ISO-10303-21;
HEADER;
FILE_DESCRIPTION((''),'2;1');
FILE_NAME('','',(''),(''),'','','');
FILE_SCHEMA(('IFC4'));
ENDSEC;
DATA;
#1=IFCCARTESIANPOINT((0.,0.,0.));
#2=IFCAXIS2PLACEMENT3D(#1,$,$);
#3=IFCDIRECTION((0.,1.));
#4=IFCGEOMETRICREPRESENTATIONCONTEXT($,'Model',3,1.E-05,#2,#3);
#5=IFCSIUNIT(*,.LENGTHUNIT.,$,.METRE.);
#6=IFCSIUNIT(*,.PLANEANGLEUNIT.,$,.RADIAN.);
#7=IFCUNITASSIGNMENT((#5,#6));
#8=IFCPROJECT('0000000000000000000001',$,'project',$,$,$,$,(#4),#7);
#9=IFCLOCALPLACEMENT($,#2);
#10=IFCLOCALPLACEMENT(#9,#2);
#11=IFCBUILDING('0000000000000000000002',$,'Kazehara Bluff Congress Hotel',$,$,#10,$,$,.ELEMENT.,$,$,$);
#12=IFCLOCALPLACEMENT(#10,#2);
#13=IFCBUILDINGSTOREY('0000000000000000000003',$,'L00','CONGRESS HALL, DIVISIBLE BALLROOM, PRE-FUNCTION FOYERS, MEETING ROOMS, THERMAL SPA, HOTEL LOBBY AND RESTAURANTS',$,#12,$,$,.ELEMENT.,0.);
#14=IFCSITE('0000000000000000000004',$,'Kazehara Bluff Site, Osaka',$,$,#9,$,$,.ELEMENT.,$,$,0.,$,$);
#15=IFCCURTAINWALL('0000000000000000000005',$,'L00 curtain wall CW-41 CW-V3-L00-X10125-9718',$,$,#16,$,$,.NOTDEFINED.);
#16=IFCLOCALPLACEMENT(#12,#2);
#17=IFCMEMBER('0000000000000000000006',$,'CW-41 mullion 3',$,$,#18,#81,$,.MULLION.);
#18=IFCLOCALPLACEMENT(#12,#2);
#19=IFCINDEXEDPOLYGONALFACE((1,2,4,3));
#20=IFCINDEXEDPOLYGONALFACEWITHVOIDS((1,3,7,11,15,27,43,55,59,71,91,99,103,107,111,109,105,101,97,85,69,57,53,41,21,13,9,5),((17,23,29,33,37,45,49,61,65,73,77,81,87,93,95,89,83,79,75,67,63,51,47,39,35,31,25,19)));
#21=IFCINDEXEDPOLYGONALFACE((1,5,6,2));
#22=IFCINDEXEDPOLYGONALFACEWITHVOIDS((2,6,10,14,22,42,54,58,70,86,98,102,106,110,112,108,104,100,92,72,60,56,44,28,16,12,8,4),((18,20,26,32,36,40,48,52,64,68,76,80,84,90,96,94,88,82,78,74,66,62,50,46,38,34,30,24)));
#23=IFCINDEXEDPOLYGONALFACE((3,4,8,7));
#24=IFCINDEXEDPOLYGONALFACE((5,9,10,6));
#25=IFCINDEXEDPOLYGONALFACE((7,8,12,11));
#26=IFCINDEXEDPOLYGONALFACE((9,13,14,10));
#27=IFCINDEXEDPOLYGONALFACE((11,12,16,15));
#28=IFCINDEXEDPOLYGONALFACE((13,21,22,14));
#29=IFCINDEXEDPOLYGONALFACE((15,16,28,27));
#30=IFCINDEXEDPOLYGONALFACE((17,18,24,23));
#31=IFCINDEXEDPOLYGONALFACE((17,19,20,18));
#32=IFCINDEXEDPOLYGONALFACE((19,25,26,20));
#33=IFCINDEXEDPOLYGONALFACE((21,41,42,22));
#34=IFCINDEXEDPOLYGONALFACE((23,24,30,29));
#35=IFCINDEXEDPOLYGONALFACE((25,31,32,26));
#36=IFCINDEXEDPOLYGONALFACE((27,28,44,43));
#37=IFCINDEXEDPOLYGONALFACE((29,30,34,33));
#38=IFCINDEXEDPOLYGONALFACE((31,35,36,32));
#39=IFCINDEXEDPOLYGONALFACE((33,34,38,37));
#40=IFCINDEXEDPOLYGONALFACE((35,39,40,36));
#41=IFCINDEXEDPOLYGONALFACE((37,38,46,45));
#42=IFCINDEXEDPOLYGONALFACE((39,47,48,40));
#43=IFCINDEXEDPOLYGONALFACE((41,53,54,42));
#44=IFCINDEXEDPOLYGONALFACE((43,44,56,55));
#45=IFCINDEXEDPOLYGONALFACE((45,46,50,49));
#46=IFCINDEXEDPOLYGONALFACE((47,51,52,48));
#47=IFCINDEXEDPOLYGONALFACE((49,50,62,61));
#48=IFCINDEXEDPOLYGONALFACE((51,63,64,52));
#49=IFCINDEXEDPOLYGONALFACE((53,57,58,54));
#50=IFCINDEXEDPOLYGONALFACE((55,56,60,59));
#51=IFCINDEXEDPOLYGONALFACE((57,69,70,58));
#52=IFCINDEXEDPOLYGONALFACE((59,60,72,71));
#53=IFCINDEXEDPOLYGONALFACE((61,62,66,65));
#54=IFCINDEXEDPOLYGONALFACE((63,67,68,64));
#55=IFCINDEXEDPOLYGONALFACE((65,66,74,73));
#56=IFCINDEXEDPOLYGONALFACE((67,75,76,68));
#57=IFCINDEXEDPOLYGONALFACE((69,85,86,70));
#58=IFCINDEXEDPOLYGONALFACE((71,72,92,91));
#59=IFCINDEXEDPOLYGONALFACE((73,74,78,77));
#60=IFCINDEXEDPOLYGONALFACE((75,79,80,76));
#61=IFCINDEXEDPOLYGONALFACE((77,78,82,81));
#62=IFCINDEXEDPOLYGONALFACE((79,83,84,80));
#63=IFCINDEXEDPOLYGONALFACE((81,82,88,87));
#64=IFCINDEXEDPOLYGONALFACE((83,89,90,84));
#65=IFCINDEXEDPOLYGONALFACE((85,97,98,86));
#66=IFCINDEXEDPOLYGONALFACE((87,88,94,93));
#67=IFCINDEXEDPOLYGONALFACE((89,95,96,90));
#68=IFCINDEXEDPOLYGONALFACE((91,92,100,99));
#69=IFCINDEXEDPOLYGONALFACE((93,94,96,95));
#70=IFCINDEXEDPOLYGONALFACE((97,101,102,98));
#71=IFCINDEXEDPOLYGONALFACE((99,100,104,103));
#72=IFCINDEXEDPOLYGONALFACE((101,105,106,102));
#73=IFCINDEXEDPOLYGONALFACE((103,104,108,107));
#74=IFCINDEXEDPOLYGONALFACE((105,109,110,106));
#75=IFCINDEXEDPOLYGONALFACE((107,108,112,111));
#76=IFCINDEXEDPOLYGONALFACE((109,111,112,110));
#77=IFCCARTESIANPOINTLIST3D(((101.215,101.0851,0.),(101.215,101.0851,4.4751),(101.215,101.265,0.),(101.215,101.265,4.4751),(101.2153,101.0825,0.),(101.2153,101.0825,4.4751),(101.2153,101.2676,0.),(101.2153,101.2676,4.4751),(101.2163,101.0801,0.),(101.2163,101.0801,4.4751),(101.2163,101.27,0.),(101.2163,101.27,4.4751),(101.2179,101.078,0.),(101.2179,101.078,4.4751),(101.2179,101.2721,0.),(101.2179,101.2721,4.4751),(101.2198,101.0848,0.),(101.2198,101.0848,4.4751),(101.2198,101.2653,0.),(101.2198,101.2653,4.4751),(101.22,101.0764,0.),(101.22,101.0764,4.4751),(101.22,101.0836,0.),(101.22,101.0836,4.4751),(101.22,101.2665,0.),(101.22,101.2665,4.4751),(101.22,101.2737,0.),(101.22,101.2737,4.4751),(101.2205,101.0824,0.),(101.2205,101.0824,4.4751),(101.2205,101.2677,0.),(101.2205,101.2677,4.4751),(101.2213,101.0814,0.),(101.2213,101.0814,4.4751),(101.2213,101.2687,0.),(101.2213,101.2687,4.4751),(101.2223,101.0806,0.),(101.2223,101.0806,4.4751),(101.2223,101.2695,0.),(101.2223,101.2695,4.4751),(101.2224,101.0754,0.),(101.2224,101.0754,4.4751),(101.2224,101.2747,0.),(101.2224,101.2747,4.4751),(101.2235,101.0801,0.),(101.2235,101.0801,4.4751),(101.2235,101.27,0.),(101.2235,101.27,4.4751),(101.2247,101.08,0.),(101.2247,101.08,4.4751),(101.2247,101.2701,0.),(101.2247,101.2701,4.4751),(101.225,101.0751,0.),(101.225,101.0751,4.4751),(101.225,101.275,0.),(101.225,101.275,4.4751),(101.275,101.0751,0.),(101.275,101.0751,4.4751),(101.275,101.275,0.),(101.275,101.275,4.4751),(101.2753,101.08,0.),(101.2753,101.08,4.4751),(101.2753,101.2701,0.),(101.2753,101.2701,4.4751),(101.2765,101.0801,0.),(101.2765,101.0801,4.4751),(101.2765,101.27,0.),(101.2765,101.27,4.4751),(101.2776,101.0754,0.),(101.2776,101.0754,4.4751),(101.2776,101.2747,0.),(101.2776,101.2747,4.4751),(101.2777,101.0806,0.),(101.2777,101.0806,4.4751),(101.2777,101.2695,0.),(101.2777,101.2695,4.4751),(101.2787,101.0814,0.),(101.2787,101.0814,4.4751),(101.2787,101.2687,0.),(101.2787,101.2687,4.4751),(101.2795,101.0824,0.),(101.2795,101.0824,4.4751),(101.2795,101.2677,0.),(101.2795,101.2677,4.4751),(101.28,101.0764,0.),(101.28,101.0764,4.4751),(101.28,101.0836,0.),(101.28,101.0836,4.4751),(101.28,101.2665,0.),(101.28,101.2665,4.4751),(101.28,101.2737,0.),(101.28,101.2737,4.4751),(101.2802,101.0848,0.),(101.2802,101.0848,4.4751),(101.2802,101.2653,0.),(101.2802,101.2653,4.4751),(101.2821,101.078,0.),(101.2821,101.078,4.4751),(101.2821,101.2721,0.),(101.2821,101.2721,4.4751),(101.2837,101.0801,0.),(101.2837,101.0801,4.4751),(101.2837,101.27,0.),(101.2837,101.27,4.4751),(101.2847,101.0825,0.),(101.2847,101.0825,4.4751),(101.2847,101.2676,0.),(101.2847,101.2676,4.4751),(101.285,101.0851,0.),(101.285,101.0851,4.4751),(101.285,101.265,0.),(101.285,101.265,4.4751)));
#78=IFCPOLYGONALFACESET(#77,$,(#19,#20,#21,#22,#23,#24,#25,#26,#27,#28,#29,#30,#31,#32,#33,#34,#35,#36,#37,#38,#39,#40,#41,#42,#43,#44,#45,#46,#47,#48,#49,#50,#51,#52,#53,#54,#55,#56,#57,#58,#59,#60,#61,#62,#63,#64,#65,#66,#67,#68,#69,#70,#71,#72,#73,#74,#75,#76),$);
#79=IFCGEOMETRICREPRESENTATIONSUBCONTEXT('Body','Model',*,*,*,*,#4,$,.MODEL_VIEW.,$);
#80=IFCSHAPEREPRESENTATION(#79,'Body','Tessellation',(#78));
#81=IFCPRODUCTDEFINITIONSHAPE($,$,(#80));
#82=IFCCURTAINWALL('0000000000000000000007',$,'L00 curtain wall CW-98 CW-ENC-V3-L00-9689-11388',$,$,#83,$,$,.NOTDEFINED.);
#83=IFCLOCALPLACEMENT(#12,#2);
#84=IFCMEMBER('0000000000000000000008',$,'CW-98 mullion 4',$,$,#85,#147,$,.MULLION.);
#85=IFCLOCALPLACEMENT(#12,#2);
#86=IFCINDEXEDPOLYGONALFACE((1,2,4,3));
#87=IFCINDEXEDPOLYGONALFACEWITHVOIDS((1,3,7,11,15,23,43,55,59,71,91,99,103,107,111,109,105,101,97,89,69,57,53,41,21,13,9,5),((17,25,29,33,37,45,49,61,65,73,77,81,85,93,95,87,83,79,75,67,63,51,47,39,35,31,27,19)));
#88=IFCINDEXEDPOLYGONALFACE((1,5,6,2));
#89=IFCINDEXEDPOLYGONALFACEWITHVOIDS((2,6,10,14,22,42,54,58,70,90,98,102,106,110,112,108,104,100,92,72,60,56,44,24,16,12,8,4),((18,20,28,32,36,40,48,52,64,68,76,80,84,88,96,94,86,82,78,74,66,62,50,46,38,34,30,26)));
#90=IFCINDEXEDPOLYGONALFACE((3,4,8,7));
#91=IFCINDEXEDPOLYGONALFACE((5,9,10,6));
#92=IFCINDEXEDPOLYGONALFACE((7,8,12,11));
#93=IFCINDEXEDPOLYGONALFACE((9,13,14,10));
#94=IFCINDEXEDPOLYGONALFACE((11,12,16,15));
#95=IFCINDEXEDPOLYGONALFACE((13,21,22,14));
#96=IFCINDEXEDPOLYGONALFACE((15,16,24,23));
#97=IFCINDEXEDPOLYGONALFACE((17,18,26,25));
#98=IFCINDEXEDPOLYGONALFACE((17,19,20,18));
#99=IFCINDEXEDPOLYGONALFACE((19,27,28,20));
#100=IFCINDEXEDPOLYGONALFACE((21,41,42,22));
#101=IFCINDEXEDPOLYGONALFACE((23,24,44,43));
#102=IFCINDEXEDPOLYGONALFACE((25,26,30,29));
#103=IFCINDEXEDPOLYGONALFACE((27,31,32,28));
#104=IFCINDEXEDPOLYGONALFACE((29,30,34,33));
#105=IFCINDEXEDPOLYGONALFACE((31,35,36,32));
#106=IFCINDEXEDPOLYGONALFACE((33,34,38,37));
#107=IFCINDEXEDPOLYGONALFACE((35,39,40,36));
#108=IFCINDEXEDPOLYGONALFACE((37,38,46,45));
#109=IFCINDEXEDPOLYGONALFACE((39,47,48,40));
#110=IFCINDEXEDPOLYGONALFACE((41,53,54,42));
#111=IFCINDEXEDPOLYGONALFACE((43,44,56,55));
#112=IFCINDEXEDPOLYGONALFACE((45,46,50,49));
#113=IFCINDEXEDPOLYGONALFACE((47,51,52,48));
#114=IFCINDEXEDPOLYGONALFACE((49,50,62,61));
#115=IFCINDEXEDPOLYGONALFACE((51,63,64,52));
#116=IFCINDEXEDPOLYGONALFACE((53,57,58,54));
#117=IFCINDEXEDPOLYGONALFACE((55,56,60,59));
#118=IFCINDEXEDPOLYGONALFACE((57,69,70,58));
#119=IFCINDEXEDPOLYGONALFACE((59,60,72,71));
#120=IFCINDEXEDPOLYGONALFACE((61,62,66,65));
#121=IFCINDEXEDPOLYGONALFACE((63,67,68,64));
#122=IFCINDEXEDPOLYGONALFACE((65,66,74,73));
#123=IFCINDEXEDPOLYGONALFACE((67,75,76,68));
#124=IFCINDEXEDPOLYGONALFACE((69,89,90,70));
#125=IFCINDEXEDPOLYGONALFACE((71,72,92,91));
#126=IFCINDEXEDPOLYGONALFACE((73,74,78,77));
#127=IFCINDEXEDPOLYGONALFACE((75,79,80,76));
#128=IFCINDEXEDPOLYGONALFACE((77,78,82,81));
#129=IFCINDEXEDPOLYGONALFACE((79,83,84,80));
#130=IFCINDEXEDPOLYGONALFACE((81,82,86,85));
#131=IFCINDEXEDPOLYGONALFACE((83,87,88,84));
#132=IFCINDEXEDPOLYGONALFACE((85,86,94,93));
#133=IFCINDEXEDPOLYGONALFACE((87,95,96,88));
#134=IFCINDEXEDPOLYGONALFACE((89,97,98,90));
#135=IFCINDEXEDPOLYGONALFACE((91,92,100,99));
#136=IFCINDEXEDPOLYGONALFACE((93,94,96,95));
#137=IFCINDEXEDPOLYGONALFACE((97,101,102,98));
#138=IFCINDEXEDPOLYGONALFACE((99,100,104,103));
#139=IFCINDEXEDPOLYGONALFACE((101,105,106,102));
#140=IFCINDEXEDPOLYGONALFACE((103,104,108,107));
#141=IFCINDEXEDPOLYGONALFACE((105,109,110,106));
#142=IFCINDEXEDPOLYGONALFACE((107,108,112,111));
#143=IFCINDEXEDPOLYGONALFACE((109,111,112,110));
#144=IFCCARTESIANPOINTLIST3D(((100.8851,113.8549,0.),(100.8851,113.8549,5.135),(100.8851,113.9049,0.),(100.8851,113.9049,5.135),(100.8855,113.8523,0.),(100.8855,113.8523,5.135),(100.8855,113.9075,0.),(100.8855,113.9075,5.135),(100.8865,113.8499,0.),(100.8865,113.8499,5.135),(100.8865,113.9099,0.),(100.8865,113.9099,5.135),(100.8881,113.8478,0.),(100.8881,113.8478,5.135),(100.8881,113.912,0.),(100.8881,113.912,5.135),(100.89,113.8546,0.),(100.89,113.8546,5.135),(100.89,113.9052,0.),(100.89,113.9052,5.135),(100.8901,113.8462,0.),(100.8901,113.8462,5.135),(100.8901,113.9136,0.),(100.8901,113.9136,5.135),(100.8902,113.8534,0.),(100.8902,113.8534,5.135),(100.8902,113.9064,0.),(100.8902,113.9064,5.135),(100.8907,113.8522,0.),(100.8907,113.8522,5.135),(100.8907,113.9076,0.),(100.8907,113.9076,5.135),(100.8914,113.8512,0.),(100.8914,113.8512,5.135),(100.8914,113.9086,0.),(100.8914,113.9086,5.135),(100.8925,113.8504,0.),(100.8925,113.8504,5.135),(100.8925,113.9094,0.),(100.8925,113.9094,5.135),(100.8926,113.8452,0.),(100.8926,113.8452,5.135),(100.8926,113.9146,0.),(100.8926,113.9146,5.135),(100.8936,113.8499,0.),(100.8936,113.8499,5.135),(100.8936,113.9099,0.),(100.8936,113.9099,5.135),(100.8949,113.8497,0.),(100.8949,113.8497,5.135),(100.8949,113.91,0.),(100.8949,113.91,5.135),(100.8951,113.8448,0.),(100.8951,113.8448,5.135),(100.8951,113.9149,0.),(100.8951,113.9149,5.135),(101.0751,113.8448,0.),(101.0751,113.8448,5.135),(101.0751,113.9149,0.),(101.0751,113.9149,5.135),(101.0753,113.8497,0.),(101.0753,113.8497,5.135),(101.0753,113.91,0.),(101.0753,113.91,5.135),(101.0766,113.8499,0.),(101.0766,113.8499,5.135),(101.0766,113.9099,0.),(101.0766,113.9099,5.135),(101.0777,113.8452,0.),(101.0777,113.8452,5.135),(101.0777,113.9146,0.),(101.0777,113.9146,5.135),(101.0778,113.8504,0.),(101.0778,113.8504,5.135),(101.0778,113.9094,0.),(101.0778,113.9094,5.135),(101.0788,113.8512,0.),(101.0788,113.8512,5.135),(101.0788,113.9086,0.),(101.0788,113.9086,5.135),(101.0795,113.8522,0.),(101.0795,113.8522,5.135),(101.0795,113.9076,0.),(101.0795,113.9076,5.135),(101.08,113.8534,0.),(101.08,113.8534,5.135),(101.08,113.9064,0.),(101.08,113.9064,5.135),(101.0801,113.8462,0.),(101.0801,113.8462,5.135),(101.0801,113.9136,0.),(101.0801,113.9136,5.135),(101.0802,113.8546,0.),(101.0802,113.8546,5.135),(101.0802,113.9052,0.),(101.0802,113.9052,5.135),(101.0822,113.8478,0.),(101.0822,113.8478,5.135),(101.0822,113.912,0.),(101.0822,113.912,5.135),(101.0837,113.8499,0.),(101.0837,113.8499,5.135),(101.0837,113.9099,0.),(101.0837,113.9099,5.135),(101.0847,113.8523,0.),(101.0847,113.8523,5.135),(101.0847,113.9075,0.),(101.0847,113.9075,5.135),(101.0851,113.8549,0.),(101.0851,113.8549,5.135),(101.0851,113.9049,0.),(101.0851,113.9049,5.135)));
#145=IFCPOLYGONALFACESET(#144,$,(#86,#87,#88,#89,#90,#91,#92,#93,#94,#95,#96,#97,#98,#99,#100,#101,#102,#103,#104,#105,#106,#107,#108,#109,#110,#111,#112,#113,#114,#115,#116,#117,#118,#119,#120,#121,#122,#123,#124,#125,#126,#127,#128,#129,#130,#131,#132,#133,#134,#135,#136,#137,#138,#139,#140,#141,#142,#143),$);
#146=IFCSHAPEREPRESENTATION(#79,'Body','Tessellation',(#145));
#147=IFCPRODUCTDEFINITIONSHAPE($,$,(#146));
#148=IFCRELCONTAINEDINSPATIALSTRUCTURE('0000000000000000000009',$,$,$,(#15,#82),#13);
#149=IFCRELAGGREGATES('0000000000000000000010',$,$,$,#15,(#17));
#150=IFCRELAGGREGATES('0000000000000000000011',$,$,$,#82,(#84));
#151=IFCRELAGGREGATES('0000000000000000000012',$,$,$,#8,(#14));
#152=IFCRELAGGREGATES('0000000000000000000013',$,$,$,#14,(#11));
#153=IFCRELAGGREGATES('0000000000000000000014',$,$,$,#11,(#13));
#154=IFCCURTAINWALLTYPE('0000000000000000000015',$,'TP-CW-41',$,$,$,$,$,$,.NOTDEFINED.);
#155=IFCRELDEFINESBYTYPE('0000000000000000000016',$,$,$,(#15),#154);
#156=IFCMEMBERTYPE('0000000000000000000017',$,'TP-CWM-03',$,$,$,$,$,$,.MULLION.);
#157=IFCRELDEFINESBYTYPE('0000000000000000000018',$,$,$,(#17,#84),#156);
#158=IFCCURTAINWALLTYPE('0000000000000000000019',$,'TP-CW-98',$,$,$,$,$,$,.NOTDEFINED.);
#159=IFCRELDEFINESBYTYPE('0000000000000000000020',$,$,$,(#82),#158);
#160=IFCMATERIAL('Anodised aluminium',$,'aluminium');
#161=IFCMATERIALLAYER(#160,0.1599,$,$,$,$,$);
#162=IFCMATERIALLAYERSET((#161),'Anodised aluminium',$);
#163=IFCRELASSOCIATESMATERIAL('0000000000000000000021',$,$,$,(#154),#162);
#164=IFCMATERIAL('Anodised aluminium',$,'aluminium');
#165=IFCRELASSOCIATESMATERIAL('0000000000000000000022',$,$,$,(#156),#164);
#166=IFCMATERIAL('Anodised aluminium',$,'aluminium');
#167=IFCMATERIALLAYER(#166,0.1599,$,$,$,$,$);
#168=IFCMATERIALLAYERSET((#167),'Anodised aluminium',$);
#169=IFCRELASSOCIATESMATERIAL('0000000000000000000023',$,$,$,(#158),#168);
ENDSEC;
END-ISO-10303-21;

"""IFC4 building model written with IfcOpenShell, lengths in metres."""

from ifc_helpers import new_model, si_unit, direction, frame, origin, origin_2d, place, context, subcontext, project, spatial, hollow_rectangle, extrude, material, layer, layer_set, material_profile, profile_set, type_object, element, aggregate, save


model = new_model("IFC4")

# Units and contexts
model_context = context("Model", 3, precision=1e-05, world=origin(), true_north=direction((0.0, 1.0)))
body_context = subcontext(model_context, "Body", "Model", "MODEL_VIEW")
ifc_project = project(units=[si_unit("LENGTHUNIT", "METRE"), si_unit("PLANEANGLEUNIT", "RADIAN")], contexts=[model_context])

# Site, building, storey
site_placement = place(None, origin())
site = spatial("IfcSite", under=ifc_project, at=site_placement, Name="Kazehara Bluff Site, Osaka", CompositionType="ELEMENT", RefElevation=0.0)
building_placement = place(site_placement, origin())
building = spatial("IfcBuilding", under=site, at=building_placement, Name="Kazehara Bluff Congress Hotel", CompositionType="ELEMENT")
storey_placement = place(building_placement, origin())
storey = spatial("IfcBuildingStorey", under=building, at=storey_placement, Name="L00", Description="CONGRESS HALL, DIVISIBLE BALLROOM, PRE-FUNCTION FOYERS, MEETING ROOMS, THERMAL SPA, HOTEL LOBBY AND RESTAURANTS", CompositionType="ELEMENT", Elevation=0.0)

# Curtain wall, member
ifc_material_1 = material(Name="Anodised aluminium", Category="aluminium")
ifc_layer_1 = layer(ifc_material_1, 0.1599)
ifc_layer_set_1 = layer_set([ifc_layer_1], Name="Anodised aluminium")
curtain_wall_type_1 = type_object("IfcCurtainWallType", Name="TP-CW-41", PredefinedType="NOTDEFINED", material=ifc_layer_set_1)
curtain_wall_1_placement = place(storey_placement, origin())
curtain_wall_1 = element("IfcCurtainWall", 1, at=curtain_wall_1_placement, inside=storey, type_object=curtain_wall_type_1, Name="L00 curtain wall CW-41 CW-V3-L00-X10125-9718", PredefinedType="NOTDEFINED")
ifc_material_2 = material(Name="Anodised aluminium", Category="aluminium")
ifc_material_profile_1 = material_profile(ifc_material_2, hollow_rectangle(XDim=0.0701, YDim=0.2, WallThickness=0.0049, InnerFilletRadius=0.0049, OuterFilletRadius=0.01, at=origin_2d()))
ifc_profile_set_1 = profile_set([ifc_material_profile_1], Name="Anodised aluminium")
member_type_1 = type_object("IfcMemberType", Name="TP-CWM-03", PredefinedType="MULLION", material=ifc_profile_set_1)
member_1_placement = place(storey_placement, frame((101.25, 101.175, 0.0), z_axis=(0.0, 0.0, 1.0), x_axis=(-1.0, 0.0, 0.0)))
member_1 = element("IfcMember", 2, at=member_1_placement, type_object=member_type_1, Name="CW-41 mullion 3", PredefinedType="MULLION", context=body_context, shape_type="SweptSolid", body=[
    extrude(hollow_rectangle(XDim=0.0701, YDim=0.2, WallThickness=0.0049, InnerFilletRadius=0.0049, OuterFilletRadius=0.01, at=origin_2d()), origin(), (0.0, 0.0, 1.0), 4.4751),
])

# Curtain wall, member
ifc_material_3 = material(Name="Anodised aluminium", Category="aluminium")
ifc_layer_2 = layer(ifc_material_3, 0.1599)
ifc_layer_set_2 = layer_set([ifc_layer_2], Name="Anodised aluminium")
curtain_wall_type_2 = type_object("IfcCurtainWallType", Name="TP-CW-98", PredefinedType="NOTDEFINED", material=ifc_layer_set_2)
curtain_wall_2_placement = place(storey_placement, origin())
curtain_wall_2 = element("IfcCurtainWall", 3, at=curtain_wall_2_placement, inside=storey, type_object=curtain_wall_type_2, Name="L00 curtain wall CW-98 CW-ENC-V3-L00-9689-11388", PredefinedType="NOTDEFINED")
member_2_placement = place(storey_placement, frame((100.9851, 113.8799, 0.0), z_axis=(0.0, 0.0, 1.0), x_axis=(0.0, 1.0, 0.0)))
member_2 = element("IfcMember", 4, at=member_2_placement, type_object=member_type_1, Name="CW-98 mullion 4", PredefinedType="MULLION", context=body_context, shape_type="SweptSolid", body=[
    extrude(hollow_rectangle(XDim=0.0701, YDim=0.2, WallThickness=0.0049, InnerFilletRadius=0.0049, OuterFilletRadius=0.01, at=origin_2d()), origin(), (0.0, 0.0, 1.0), 5.135),
])

aggregate(curtain_wall_1, [member_1])
aggregate(curtain_wall_2, [member_2])

save(model, "model.ifc")
